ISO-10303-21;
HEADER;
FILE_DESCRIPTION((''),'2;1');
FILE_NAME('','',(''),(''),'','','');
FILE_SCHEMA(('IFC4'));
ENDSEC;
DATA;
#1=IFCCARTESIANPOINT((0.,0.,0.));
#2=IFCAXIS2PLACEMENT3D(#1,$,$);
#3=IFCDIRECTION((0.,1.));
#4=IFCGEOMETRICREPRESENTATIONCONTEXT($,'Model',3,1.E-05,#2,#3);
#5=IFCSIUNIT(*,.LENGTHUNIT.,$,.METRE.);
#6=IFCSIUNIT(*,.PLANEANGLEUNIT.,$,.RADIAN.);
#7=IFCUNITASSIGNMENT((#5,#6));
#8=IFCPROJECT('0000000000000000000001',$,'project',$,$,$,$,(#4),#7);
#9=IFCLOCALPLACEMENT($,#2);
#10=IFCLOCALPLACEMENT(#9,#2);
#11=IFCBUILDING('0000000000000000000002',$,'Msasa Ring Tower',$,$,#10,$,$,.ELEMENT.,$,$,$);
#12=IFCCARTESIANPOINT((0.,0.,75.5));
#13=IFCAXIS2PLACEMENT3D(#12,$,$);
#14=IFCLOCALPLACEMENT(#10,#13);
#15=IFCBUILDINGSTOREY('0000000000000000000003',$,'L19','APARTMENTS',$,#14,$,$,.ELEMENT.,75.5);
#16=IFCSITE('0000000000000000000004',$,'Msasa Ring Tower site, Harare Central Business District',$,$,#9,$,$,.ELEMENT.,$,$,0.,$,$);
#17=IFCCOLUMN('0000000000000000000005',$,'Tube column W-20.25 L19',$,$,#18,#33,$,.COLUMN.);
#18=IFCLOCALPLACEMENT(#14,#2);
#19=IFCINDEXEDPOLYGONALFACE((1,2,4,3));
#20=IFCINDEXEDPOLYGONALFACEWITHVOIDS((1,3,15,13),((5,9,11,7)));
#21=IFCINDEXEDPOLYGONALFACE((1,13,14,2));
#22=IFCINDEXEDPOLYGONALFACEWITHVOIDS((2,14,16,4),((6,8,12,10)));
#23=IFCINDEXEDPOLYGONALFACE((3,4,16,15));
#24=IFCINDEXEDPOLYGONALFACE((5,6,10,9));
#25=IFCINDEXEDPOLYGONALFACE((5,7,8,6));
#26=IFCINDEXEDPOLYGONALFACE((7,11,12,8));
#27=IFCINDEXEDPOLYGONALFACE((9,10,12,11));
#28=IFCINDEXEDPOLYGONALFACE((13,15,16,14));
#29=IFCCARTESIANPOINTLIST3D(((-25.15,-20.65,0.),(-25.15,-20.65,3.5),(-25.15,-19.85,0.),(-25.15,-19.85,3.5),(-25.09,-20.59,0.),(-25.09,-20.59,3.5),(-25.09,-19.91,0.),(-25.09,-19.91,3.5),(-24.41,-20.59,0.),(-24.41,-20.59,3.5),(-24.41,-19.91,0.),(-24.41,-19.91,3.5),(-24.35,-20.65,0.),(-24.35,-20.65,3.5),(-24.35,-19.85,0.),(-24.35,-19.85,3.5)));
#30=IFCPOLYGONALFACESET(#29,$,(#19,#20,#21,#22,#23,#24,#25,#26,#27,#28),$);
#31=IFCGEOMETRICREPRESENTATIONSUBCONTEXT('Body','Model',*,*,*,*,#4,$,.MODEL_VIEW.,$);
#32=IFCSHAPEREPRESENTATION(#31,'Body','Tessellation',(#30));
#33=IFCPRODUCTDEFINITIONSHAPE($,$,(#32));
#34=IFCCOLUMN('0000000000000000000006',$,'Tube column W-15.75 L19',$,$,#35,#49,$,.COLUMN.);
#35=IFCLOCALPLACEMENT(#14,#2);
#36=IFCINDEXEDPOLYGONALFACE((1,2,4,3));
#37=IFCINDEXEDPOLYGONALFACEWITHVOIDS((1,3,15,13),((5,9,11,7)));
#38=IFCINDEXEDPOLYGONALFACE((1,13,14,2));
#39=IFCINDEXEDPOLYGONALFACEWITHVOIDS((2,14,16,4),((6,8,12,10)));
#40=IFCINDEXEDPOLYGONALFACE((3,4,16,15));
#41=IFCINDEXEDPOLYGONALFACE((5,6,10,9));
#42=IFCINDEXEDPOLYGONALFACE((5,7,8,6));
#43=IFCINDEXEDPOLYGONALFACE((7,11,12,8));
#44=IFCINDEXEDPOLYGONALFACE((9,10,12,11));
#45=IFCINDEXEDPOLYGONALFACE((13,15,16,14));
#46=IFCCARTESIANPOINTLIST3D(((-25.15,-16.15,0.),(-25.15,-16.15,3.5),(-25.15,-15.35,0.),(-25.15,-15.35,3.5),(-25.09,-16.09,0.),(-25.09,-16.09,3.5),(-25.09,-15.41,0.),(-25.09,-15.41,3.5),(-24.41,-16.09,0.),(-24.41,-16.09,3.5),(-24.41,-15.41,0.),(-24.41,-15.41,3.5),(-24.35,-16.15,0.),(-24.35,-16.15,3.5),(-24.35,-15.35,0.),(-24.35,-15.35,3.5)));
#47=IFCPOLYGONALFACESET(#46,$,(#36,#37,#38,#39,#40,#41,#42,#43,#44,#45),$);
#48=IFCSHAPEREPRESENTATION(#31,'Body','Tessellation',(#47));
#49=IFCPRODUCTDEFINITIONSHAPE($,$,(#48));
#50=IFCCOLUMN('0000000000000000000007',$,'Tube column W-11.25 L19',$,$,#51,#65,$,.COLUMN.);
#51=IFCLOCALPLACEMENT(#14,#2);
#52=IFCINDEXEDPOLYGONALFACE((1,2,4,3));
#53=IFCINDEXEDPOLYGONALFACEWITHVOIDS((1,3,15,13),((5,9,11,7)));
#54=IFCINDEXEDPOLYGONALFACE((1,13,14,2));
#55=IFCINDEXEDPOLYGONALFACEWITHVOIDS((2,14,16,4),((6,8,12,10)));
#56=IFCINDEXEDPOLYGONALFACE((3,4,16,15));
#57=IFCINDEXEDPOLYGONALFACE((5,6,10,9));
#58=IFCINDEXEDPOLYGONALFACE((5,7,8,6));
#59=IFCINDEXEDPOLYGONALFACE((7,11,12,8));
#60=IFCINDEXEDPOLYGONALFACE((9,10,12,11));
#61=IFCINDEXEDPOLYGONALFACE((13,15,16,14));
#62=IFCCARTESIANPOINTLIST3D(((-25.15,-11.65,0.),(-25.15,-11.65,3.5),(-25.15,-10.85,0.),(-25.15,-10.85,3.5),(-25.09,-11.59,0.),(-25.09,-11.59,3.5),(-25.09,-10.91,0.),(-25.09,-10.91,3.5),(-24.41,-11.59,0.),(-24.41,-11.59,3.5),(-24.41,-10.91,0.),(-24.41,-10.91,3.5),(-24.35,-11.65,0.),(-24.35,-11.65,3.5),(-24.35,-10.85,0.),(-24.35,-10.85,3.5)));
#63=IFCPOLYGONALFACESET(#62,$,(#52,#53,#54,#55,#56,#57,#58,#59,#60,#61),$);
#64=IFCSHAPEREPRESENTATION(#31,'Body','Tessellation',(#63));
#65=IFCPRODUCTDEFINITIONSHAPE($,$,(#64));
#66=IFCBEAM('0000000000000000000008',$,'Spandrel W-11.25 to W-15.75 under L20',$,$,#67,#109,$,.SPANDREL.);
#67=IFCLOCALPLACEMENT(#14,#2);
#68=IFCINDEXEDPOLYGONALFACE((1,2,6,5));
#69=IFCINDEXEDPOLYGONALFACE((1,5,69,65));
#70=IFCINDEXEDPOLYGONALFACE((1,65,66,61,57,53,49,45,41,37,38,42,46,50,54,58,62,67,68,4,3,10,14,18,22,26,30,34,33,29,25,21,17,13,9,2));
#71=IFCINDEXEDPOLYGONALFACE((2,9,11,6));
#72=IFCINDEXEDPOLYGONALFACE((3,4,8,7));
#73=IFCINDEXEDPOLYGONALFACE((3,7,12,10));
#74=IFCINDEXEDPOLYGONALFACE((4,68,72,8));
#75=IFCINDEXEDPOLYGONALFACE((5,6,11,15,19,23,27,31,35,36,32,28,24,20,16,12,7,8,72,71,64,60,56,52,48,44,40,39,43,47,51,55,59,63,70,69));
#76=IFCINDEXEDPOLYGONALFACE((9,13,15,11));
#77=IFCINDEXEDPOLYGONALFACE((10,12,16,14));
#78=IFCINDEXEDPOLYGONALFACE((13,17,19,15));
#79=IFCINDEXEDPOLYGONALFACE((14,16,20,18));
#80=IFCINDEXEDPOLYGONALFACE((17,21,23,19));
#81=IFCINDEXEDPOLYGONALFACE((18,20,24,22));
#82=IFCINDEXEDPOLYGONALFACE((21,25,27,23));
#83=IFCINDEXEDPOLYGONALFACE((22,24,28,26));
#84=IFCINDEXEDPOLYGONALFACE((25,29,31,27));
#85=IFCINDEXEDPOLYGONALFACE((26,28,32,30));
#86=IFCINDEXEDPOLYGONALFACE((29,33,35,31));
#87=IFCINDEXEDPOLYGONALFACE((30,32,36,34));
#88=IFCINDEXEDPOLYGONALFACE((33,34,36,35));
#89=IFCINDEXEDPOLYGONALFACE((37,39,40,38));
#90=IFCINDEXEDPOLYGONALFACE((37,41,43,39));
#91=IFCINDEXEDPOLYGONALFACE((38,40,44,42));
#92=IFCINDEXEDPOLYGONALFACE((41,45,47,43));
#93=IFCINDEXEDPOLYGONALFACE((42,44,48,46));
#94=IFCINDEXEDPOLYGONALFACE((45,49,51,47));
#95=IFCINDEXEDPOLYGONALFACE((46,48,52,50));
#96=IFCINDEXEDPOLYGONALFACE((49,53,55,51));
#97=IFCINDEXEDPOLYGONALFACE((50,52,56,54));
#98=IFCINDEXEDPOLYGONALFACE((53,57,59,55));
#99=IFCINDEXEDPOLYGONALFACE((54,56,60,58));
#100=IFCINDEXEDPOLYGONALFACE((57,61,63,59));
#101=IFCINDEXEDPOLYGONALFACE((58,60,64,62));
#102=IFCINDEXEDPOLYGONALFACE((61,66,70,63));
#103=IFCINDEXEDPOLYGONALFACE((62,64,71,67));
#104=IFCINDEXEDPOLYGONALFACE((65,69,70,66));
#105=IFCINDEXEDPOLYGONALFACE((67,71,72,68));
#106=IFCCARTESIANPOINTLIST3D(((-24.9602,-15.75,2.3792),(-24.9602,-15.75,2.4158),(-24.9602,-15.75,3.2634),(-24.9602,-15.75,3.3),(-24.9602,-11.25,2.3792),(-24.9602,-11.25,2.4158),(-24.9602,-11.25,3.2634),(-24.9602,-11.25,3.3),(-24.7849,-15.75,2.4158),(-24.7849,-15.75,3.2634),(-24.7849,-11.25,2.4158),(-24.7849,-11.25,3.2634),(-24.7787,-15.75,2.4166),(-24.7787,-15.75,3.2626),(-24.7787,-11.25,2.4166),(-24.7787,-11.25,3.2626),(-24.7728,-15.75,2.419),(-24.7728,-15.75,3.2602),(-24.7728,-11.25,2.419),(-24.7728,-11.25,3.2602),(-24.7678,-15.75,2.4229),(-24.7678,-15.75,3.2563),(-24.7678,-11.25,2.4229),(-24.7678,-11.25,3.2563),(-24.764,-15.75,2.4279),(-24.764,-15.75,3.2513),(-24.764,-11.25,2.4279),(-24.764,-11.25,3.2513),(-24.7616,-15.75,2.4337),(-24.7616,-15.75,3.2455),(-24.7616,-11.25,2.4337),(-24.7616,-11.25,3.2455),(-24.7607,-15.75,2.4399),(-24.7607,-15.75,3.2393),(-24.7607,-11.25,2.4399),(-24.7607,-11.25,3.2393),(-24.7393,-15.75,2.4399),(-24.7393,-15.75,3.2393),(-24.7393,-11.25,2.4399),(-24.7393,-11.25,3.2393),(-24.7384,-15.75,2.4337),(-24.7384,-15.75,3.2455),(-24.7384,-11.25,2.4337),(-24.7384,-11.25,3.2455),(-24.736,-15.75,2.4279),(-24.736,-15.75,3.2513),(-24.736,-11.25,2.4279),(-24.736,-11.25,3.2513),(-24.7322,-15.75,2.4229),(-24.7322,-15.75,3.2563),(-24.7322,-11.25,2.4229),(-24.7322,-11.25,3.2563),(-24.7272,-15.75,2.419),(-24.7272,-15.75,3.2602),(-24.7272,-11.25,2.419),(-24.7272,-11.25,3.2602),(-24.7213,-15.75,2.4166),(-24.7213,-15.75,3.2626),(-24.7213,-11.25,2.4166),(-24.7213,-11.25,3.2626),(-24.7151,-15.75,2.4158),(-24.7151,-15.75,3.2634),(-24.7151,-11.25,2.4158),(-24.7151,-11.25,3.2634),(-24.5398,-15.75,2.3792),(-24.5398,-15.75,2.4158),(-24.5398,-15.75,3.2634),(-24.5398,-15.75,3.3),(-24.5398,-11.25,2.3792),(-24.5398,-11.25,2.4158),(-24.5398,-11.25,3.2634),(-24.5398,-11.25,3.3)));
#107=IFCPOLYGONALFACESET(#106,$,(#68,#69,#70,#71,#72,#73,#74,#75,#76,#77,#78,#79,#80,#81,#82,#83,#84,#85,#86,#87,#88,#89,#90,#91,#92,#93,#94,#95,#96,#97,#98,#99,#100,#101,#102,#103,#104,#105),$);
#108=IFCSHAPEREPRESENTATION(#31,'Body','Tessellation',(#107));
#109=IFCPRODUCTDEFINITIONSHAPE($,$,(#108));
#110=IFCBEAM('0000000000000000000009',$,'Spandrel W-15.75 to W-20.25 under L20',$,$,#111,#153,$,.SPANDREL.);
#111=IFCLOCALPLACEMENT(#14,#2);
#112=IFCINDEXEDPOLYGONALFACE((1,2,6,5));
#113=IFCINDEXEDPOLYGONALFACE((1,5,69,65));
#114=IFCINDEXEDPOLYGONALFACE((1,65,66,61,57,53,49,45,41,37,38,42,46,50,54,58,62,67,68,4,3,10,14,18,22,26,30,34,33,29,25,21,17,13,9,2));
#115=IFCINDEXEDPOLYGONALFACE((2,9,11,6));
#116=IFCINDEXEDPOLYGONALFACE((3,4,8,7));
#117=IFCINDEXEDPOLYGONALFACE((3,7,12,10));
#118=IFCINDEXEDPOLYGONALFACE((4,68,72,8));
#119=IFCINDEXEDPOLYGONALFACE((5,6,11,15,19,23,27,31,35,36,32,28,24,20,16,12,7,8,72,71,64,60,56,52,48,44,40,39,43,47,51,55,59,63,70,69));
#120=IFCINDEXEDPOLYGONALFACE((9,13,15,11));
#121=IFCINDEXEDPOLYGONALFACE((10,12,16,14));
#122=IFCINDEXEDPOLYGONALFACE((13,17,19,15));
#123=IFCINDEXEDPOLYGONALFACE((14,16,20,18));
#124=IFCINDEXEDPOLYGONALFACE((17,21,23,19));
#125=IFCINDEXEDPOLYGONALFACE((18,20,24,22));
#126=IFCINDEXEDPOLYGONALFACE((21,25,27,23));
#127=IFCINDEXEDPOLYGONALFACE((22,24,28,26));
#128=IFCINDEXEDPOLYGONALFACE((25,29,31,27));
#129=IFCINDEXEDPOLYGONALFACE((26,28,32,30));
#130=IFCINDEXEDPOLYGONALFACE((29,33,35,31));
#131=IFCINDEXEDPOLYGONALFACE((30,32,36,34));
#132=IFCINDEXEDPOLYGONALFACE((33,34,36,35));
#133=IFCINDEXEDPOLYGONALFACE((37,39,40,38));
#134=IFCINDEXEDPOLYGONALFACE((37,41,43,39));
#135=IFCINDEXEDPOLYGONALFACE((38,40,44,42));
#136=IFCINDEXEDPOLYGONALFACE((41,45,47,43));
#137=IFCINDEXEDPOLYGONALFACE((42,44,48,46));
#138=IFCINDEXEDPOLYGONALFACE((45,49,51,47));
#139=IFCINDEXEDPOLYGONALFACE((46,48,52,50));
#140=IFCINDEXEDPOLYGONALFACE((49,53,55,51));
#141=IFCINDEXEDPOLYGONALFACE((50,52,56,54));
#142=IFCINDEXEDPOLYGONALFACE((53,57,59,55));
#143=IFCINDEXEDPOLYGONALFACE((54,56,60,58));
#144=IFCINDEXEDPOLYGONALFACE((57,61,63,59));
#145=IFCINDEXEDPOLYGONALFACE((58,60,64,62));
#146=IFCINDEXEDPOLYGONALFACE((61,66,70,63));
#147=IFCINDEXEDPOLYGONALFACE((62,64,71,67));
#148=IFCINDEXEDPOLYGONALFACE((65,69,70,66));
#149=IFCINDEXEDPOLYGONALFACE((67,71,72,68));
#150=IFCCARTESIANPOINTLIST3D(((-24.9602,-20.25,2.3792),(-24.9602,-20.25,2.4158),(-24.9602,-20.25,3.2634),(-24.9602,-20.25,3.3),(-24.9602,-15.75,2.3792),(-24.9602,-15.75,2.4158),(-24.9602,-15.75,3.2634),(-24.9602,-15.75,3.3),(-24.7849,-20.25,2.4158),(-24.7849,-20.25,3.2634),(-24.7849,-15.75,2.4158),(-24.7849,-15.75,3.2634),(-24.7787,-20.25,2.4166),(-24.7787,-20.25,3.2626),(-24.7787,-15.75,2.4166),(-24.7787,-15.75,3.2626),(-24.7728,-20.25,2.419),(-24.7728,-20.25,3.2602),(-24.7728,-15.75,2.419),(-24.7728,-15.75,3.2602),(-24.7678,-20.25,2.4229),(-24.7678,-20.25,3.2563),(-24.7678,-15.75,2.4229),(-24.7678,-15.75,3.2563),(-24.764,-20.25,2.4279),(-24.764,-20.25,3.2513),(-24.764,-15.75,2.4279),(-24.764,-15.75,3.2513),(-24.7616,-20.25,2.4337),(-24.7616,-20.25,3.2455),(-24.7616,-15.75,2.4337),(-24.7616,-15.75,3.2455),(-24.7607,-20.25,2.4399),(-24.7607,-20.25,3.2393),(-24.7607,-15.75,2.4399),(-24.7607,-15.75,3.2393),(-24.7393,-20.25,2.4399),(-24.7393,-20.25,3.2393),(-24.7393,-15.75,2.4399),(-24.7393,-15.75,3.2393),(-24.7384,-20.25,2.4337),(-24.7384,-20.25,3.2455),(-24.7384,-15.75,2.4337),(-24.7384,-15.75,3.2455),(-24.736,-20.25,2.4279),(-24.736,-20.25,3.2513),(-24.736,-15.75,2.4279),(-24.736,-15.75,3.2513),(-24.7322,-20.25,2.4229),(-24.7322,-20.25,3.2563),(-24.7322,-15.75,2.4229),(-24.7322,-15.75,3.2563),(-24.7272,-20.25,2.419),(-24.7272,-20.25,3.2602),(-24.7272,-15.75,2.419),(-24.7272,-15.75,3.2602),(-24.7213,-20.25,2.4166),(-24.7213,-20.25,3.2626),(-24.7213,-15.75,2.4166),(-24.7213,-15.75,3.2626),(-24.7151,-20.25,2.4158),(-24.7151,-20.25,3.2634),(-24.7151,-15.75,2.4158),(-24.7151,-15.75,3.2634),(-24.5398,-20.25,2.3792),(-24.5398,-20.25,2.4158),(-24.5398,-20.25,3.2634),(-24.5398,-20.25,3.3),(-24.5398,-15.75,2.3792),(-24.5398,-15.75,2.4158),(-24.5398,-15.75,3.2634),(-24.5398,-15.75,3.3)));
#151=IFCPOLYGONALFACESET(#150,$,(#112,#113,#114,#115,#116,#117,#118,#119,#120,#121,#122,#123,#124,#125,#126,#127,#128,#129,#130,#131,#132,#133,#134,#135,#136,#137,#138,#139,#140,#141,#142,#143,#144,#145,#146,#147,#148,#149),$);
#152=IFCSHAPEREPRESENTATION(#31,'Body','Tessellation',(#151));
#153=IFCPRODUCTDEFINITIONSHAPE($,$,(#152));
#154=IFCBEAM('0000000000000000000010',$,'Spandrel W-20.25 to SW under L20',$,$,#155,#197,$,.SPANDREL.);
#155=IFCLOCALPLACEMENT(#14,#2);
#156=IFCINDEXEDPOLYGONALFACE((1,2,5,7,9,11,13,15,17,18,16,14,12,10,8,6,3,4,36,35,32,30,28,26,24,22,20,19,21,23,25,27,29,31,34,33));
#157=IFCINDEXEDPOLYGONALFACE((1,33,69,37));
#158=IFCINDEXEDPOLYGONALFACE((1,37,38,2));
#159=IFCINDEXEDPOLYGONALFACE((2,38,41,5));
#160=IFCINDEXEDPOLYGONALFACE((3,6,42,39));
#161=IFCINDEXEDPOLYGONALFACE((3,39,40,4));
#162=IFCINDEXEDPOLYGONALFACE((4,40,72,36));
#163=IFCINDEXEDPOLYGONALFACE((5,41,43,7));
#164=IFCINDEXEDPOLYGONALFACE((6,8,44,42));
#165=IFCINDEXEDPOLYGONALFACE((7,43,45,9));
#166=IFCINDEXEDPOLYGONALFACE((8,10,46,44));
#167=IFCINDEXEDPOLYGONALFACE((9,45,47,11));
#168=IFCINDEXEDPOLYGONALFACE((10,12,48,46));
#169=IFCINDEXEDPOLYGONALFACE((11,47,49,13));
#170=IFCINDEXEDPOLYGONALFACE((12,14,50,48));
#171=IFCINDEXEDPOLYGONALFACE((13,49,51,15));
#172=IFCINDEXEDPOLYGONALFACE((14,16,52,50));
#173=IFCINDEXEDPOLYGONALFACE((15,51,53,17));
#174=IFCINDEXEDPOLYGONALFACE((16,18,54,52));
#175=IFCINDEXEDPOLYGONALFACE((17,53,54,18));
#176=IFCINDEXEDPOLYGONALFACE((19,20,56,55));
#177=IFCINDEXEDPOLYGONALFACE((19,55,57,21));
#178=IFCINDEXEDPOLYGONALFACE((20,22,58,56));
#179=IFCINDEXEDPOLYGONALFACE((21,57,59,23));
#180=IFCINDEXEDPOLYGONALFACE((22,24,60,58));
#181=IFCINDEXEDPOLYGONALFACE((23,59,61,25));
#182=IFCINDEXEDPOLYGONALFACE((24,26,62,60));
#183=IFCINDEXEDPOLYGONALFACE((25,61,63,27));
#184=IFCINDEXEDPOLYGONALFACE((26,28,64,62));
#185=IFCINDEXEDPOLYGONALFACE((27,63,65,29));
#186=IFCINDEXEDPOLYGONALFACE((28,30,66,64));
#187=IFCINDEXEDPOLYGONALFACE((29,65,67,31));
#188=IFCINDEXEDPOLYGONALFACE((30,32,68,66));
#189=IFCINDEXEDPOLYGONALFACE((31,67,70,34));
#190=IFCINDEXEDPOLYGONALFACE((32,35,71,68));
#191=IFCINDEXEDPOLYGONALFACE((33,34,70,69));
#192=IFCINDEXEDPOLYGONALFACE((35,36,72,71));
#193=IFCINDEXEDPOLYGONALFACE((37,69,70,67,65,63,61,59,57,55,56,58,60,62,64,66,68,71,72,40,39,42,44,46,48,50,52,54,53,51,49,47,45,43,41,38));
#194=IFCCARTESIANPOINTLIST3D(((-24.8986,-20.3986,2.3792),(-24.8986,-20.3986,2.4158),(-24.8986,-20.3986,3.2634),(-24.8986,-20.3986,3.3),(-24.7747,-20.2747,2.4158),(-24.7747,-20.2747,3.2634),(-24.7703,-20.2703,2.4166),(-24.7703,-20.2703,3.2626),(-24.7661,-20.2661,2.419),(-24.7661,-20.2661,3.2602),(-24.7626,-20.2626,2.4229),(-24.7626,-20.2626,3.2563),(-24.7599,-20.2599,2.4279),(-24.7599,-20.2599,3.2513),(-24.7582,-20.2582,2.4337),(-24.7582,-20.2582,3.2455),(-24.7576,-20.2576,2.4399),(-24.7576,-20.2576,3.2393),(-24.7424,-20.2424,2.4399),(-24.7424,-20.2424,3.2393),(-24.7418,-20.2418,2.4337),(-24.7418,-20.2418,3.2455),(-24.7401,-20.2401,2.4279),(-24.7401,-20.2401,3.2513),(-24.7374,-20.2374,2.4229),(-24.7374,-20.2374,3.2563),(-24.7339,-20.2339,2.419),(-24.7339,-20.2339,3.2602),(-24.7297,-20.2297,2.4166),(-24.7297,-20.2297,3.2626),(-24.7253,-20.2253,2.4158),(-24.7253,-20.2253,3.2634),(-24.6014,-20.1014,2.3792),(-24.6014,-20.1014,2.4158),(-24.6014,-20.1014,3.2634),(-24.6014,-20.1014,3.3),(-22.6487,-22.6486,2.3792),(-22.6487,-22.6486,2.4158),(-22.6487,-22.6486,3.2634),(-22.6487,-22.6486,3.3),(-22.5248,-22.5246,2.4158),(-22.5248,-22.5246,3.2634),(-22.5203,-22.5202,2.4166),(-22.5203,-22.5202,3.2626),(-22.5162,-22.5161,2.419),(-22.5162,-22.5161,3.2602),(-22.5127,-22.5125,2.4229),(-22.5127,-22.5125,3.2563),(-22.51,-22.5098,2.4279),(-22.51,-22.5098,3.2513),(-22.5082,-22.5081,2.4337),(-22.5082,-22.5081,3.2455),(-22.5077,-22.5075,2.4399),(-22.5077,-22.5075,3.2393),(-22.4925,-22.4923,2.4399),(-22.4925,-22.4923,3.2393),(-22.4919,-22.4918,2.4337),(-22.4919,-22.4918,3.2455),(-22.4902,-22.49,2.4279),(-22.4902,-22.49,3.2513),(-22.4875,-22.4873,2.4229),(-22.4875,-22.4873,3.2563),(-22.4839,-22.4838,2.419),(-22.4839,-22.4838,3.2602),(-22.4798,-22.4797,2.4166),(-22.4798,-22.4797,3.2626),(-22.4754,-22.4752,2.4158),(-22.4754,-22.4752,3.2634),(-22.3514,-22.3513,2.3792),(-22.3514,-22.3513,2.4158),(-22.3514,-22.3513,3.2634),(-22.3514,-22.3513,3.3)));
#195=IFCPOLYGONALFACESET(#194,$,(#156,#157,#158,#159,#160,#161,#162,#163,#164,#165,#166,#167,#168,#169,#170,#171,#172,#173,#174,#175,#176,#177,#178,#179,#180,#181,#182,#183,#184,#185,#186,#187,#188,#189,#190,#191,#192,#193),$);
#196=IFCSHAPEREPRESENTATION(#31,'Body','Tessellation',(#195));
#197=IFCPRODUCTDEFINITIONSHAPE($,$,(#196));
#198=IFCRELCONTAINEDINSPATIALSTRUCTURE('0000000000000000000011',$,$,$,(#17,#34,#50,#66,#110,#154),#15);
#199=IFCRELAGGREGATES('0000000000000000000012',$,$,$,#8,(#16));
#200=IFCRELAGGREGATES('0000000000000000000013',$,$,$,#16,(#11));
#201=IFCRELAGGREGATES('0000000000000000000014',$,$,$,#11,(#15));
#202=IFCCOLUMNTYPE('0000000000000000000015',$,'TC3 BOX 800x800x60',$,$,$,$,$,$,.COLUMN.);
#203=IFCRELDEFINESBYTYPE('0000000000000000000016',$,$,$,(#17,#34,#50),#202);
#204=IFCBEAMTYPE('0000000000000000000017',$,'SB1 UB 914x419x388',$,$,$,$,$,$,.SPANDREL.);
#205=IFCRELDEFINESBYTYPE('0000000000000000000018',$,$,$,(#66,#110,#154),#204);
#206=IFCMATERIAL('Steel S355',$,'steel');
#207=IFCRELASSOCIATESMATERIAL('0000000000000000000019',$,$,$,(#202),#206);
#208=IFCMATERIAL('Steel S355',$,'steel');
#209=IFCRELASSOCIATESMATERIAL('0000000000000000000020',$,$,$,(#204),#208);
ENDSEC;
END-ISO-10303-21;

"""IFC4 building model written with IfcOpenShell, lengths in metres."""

from ifc_helpers import new_model, si_unit, direction, frame, origin, origin_2d, place, context, subcontext, project, spatial, hollow_rectangle, i_section, extrude, material, material_profile, profile_set, type_object, element, save


model = new_model("IFC4")

# Units and contexts
model_context = context("Model", 3, precision=1e-05, world=origin(), true_north=direction((0.0, 1.0)))
body_context = subcontext(model_context, "Body", "Model", "MODEL_VIEW")
ifc_project = project(units=[si_unit("LENGTHUNIT", "METRE"), si_unit("PLANEANGLEUNIT", "RADIAN")], contexts=[model_context])

# Site, building, storey
site_placement = place(None, origin())
site = spatial("IfcSite", under=ifc_project, at=site_placement, Name="Msasa Ring Tower site, Harare Central Business District", CompositionType="ELEMENT", RefElevation=0.0)
building_placement = place(site_placement, origin())
building = spatial("IfcBuilding", under=site, at=building_placement, Name="Msasa Ring Tower", CompositionType="ELEMENT")
storey_placement = place(building_placement, frame((0.0, 0.0, 75.5)))
storey = spatial("IfcBuildingStorey", under=building, at=storey_placement, Name="L19", Description="APARTMENTS", CompositionType="ELEMENT", Elevation=75.5)

# Columns
ifc_material_1 = material(Name="Steel S355", Category="steel")
ifc_material_profile_1 = material_profile(ifc_material_1, hollow_rectangle(XDim=0.8, YDim=0.8, WallThickness=0.0601, at=origin_2d()), Name="BOX 800x800x60")
ifc_profile_set_1 = profile_set([ifc_material_profile_1], Name="Steel S355")
column_type = type_object("IfcColumnType", Name="TC3 BOX 800x800x60", PredefinedType="COLUMN", material=ifc_profile_set_1)
for number, where, z_axis, x_axis, name in (
    (1, (-24.75, -20.25, 0.0), (0.0, 0.0, 1.0), (1.0, 0.0, 0.0), "Tube column W-20.25 L19"),
    (2, (-24.75, -15.75, 0.0), (0.0, 0.0, 1.0), (1.0, 0.0, 0.0), "Tube column W-15.75 L19"),
    (3, (-24.75, -11.25, 0.0), (0.0, 0.0, 1.0), (1.0, 0.0, 0.0), "Tube column W-11.25 L19"),
):
    element("IfcColumn", number, at=place(storey_placement, frame(where, z_axis=z_axis, x_axis=x_axis)), inside=storey, type_object=column_type, Name=name, PredefinedType="COLUMN", context=body_context, shape_type="SweptSolid", body=[
        extrude(hollow_rectangle(XDim=0.8, YDim=0.8, WallThickness=0.0601, at=origin_2d()), origin(), (0.0, 0.0, 1.0), 3.5),
    ])

# Beams
ifc_material_2 = material(Name="Steel S355", Category="steel")
ifc_material_profile_2 = material_profile(ifc_material_2, i_section(OverallWidth=0.4204, OverallDepth=0.9209, WebThickness=0.0215, FlangeThickness=0.0366, FilletRadius=0.0242, at=origin_2d()), Name="UB 914x419x388")
ifc_profile_set_2 = profile_set([ifc_material_profile_2], Name="Steel S355")
beam_type = type_object("IfcBeamType", Name="SB1 UB 914x419x388", PredefinedType="SPANDREL", material=ifc_profile_set_2)
for number, where, z_axis, x_axis, name in (
    (4, (-24.75, -11.25, 2.8396), (0.0, -1.0, 0.0), (1.0, 0.0, 0.0), "Spandrel W-11.25 to W-15.75 under L20"),
    (5, (-24.75, -15.75, 2.8396), (0.0, -1.0, 0.0), (1.0, 0.0, 0.0), "Spandrel W-15.75 to W-20.25 under L20"),
):
    element("IfcBeam", number, at=place(storey_placement, frame(where, z_axis=z_axis, x_axis=x_axis)), inside=storey, type_object=beam_type, Name=name, PredefinedType="SPANDREL", context=body_context, shape_type="SweptSolid", body=[
        extrude(i_section(OverallWidth=0.4204, OverallDepth=0.9209, WebThickness=0.0215, FlangeThickness=0.0366, FilletRadius=0.0242, at=origin_2d()), origin(), (0.0, 0.0, 1.0), 4.5),
    ])
beam_placement = place(storey_placement, frame((-24.75, -20.25, 2.8396), z_axis=(0.707107, -0.707107, 0.0), x_axis=(0.707107, 0.707107, 0.0)))
element("IfcBeam", 6, at=beam_placement, inside=storey, type_object=beam_type, Name="Spandrel W-20.25 to SW under L20", PredefinedType="SPANDREL", context=body_context, shape_type="SweptSolid", body=[
    extrude(i_section(OverallWidth=0.4204, OverallDepth=0.9209, WebThickness=0.0215, FlangeThickness=0.0366, FilletRadius=0.0242, at=origin_2d()), origin(), (0.0, 0.0, 1.0), 3.1819),
])

save(model, "model.ifc")
